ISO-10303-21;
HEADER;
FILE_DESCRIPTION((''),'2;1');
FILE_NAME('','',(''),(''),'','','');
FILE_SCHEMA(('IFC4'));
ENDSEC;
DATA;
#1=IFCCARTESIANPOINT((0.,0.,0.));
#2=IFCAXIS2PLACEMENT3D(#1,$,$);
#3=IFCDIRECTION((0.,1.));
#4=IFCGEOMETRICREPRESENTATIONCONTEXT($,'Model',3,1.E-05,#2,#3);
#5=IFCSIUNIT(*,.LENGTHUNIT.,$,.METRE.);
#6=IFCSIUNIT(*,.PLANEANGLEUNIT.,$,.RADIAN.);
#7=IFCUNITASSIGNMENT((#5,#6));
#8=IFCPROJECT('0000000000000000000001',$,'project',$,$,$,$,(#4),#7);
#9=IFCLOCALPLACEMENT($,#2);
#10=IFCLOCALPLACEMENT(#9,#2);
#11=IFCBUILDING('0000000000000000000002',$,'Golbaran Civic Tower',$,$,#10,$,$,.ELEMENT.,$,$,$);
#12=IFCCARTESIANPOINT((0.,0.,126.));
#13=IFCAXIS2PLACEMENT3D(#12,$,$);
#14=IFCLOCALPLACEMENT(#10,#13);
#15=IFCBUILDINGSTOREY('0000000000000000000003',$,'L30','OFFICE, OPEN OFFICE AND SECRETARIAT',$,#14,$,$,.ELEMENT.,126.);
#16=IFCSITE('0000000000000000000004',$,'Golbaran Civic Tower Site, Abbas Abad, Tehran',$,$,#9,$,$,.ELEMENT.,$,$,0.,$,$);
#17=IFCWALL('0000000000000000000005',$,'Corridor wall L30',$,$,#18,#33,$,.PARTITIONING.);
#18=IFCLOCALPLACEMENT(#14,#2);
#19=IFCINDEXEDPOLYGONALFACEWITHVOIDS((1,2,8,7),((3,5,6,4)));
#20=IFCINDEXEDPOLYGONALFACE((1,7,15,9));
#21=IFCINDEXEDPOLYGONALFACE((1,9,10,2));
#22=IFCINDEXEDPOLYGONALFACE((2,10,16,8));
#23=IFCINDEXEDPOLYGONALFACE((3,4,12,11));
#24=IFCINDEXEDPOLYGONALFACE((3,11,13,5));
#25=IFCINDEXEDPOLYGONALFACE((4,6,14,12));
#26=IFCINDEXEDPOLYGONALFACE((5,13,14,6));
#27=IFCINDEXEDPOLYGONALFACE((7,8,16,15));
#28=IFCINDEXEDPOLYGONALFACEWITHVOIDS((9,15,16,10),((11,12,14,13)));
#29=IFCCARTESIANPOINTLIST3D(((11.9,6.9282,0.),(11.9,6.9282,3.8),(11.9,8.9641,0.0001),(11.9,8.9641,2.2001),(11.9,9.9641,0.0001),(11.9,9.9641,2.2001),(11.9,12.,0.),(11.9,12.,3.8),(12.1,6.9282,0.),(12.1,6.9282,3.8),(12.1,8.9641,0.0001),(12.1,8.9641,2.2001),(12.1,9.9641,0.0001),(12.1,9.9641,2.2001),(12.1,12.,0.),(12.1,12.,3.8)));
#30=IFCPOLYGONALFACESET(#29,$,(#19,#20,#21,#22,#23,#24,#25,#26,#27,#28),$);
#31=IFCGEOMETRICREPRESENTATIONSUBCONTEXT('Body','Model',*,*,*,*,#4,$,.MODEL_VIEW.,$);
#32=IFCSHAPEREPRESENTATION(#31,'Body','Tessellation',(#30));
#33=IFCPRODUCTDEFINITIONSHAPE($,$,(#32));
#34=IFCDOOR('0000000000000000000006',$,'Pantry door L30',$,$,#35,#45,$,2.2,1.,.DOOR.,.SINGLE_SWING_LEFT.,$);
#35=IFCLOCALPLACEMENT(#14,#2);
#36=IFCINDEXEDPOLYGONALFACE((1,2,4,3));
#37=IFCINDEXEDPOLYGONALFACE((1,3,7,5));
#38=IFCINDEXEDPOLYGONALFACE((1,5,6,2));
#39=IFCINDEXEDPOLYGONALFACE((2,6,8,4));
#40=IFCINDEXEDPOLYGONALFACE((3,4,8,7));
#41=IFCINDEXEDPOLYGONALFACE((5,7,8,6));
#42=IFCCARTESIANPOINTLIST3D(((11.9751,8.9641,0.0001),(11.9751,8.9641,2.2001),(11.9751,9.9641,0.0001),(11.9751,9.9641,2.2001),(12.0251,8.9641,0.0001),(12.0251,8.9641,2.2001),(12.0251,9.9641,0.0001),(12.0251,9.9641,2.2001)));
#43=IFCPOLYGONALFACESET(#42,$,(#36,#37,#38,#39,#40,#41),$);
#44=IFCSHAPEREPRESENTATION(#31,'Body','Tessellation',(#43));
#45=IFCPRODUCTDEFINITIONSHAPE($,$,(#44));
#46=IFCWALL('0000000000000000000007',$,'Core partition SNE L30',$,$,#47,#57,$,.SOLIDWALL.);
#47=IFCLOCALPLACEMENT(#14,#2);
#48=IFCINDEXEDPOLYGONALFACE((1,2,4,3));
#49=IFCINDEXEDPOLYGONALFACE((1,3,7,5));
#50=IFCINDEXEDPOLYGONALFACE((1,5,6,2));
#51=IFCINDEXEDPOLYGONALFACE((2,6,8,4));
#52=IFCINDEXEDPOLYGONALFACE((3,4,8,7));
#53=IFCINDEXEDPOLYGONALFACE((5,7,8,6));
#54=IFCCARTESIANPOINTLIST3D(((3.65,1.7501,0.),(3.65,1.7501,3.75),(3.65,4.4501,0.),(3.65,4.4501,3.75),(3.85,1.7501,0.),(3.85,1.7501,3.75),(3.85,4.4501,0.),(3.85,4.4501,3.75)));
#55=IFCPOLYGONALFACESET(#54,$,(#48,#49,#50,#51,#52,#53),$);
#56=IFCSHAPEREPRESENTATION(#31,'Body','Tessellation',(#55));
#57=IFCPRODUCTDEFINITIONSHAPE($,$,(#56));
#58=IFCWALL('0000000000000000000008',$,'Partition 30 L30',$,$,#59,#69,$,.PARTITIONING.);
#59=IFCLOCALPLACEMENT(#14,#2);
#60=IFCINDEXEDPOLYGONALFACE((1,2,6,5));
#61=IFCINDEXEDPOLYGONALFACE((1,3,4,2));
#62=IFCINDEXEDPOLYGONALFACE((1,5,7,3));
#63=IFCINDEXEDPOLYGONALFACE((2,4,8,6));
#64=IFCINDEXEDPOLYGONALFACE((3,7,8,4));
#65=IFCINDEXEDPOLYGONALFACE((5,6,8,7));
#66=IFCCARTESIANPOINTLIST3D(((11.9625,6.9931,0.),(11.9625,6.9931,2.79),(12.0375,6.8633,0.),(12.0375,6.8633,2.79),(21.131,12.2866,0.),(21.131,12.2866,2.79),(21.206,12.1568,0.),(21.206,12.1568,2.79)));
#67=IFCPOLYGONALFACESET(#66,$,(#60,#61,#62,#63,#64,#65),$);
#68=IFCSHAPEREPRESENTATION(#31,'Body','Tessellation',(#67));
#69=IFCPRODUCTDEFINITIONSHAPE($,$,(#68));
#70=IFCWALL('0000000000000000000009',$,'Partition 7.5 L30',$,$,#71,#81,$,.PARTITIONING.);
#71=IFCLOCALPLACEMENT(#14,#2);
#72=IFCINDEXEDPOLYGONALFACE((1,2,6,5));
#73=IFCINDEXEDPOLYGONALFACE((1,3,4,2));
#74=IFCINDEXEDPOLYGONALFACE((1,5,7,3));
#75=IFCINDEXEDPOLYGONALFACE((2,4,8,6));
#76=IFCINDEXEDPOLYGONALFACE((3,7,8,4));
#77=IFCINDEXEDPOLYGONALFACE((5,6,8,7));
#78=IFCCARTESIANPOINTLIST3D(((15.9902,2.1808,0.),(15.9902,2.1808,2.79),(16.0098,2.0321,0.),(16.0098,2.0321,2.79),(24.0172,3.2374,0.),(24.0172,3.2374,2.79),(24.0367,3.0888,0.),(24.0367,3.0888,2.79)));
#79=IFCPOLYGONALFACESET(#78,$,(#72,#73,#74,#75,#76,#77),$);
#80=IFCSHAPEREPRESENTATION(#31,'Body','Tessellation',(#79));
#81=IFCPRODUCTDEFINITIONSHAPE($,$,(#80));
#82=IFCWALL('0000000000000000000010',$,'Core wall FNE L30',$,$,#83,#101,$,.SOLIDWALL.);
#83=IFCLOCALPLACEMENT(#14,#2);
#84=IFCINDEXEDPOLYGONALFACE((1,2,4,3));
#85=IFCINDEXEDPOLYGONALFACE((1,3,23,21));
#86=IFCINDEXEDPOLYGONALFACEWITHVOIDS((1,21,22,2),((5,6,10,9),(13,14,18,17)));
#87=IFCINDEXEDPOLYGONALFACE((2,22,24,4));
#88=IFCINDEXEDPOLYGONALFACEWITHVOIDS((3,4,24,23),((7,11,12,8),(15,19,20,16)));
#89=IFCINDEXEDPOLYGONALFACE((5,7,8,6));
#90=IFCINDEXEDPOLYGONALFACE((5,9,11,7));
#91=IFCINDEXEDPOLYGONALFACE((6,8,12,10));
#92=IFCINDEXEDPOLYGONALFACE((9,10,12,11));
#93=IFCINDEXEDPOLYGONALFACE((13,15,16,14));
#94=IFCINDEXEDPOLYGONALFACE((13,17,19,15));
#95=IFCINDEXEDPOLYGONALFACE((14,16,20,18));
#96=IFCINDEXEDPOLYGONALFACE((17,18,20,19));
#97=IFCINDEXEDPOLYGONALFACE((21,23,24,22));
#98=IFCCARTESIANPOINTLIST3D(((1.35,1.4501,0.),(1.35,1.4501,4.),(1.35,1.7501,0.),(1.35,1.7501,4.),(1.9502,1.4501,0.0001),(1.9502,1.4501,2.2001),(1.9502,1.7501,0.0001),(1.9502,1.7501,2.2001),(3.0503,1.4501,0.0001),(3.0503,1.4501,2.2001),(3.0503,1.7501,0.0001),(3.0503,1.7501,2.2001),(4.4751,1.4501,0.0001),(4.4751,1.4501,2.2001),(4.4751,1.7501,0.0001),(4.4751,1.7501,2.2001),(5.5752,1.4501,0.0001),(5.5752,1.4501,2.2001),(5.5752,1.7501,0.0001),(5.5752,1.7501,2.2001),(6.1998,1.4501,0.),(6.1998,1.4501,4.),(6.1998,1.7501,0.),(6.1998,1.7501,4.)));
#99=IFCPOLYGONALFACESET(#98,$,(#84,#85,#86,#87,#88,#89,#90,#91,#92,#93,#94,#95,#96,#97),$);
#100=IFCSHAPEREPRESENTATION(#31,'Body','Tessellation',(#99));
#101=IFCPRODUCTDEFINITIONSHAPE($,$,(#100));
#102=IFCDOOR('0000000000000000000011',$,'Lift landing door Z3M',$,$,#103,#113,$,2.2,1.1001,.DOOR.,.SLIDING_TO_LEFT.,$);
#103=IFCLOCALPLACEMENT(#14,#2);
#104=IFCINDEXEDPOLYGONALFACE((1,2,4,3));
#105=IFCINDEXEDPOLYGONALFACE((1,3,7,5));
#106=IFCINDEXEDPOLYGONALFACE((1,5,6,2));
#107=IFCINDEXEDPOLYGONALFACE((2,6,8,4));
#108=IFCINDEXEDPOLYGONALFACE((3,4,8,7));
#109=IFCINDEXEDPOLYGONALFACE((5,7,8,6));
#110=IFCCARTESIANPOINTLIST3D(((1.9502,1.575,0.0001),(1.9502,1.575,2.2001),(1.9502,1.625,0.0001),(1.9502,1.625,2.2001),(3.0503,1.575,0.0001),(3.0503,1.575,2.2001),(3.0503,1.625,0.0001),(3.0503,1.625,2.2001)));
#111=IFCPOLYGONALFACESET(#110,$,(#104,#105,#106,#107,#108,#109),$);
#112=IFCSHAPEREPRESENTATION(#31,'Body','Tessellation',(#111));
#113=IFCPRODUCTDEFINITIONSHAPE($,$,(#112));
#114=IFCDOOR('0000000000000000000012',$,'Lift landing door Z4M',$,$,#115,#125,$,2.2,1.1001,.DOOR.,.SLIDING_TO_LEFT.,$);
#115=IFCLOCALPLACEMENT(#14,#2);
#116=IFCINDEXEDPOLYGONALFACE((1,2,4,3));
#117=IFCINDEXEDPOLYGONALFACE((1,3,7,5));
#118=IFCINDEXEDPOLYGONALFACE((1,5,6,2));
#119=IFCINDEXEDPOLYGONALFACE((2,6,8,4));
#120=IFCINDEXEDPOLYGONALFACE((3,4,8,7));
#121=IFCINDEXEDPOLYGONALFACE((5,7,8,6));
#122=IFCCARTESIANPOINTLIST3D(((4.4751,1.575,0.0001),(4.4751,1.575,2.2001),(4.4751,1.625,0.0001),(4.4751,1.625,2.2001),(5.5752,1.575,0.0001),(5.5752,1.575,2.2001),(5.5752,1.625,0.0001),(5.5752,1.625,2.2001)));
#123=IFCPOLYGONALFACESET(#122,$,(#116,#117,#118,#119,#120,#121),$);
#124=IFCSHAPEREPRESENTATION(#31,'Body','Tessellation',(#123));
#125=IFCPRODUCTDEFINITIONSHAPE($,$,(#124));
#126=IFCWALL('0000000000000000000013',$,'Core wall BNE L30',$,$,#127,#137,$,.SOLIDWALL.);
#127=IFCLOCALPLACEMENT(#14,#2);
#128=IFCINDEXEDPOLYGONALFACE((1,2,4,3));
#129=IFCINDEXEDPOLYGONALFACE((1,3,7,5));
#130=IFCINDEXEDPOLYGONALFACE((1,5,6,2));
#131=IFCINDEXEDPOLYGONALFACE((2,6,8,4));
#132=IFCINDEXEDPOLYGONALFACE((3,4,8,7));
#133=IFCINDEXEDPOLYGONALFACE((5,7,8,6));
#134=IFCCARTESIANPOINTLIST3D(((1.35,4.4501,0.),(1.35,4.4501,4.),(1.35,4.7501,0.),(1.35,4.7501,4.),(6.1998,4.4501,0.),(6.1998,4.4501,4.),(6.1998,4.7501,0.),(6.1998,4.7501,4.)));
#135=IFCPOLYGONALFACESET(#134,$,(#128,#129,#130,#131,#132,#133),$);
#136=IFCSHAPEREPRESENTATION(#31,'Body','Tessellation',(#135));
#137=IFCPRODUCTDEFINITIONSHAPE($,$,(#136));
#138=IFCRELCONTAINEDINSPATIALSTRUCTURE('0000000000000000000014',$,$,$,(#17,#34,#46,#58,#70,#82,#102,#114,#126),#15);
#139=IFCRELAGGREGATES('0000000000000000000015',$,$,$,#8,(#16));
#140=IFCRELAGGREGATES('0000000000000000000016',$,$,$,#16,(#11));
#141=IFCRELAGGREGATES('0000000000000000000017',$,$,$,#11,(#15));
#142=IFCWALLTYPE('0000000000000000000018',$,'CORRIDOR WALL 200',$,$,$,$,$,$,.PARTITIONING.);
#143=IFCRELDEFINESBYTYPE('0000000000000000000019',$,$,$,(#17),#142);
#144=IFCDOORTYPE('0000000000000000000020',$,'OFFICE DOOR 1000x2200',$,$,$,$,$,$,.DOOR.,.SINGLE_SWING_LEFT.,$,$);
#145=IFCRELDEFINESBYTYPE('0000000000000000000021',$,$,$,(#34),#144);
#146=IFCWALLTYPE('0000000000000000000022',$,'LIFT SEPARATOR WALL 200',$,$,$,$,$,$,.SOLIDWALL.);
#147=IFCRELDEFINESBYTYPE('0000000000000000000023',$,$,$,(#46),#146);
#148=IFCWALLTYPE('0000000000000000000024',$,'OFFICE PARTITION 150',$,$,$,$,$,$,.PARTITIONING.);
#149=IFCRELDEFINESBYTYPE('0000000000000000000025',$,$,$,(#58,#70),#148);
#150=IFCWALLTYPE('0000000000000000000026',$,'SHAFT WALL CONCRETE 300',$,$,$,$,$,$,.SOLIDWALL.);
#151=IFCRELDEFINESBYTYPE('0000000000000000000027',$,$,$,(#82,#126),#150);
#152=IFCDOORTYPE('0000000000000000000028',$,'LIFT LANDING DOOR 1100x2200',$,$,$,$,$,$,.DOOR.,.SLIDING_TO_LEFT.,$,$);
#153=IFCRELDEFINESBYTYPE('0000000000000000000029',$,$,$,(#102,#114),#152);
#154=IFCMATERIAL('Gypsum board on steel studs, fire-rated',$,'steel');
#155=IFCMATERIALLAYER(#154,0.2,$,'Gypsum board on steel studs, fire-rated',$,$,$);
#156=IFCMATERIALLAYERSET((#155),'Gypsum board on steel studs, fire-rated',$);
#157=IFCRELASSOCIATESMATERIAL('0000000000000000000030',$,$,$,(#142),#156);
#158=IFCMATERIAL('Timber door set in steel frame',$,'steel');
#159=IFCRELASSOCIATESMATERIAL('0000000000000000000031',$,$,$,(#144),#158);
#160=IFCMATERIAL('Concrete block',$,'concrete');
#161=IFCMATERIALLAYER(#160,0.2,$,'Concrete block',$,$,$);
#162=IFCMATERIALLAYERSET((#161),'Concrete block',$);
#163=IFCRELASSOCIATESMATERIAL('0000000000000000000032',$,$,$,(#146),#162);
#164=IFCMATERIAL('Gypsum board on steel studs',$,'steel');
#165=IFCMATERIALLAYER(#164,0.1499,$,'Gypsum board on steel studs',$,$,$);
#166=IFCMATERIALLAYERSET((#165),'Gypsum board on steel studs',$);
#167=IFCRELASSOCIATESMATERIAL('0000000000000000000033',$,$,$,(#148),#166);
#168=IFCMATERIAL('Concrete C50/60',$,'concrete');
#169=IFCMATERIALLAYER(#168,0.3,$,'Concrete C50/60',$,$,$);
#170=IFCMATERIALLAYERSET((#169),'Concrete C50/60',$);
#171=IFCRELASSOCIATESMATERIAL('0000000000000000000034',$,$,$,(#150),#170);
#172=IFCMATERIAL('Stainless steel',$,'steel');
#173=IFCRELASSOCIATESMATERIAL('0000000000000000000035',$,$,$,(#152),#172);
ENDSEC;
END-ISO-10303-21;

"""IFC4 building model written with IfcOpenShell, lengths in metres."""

from ifc_helpers import new_model, si_unit, direction, frame, frame_2d, origin, place, context, subcontext, project, spatial, rectangle, extrude, material, layer, layer_set, type_object, element, fill, save


model = new_model("IFC4")

# Units and contexts
model_context = context("Model", 3, precision=1e-05, world=origin(), true_north=direction((0.0, 1.0)))
body_context = subcontext(model_context, "Body", "Model", "MODEL_VIEW")
ifc_project = project(units=[si_unit("LENGTHUNIT", "METRE"), si_unit("PLANEANGLEUNIT", "RADIAN")], contexts=[model_context])

# Site, building, storey
site_placement = place(None, origin())
site = spatial("IfcSite", under=ifc_project, at=site_placement, Name="Golbaran Civic Tower Site, Abbas Abad, Tehran", CompositionType="ELEMENT", RefElevation=0.0)
building_placement = place(site_placement, origin())
building = spatial("IfcBuilding", under=site, at=building_placement, Name="Golbaran Civic Tower", CompositionType="ELEMENT")
storey_placement = place(building_placement, frame((0.0, 0.0, 126.0)))
storey = spatial("IfcBuildingStorey", under=building, at=storey_placement, Name="L30", Description="OFFICE, OPEN OFFICE AND SECRETARIAT", CompositionType="ELEMENT", Elevation=126.0)

# Shared definitions
ifc_material_1 = material(Name="Concrete block", Category="concrete")
ifc_material_2 = material(Name="Timber door set in steel frame", Category="steel")

# Wall, opening, door
ifc_material_3 = material(Name="Gypsum board on steel studs, fire-rated", Category="steel")
ifc_layer_1 = layer(ifc_material_3, 0.2, Name="Gypsum board on steel studs, fire-rated")
ifc_layer_set_1 = layer_set([ifc_layer_1], Name="Gypsum board on steel studs, fire-rated")
wall_type_1 = type_object("IfcWallType", Name="CORRIDOR WALL 200", PredefinedType="PARTITIONING", material=ifc_layer_set_1)
wall_1_placement = place(storey_placement, frame((12.0, 6.9282, 0.0), z_axis=(0.0, 0.0, 1.0), x_axis=(0.0, 1.0, 0.0)))
wall_1 = element("IfcWall", 1, at=wall_1_placement, inside=storey, type_object=wall_type_1, Name="Corridor wall L30", PredefinedType="PARTITIONING", context=body_context, shape_type="SweptSolid", body=[
    extrude(rectangle(XDim=5.0718, YDim=0.2, at=frame_2d((2.5359, 0.0))), origin(), (0.0, 0.0, 1.0), 3.8),
])
opening_1_placement = place(wall_1_placement, frame((2.0359, 0.0, 0.0)))
opening_1 = element("IfcOpeningElement", 2, at=opening_1_placement, cuts=wall_1, PredefinedType="OPENING", context=body_context, shape_type="SweptSolid", body=[
    extrude(rectangle(XDim=1.0, YDim=2.2, at=frame_2d((0.5, 1.1001))), frame((0.0, 0.1099, 0.0), z_axis=(0.0, -1.0, 0.0), x_axis=(1.0, 0.0, 0.0)), (0.0, 0.0, 1.0), 0.22),
])
door_type_1 = type_object("IfcDoorType", Name="OFFICE DOOR 1000x2200", OperationType="SINGLE_SWING_LEFT", PredefinedType="DOOR", material=ifc_material_2)
door_1_placement = place(opening_1_placement, origin())
door_1 = element("IfcDoor", 3, at=door_1_placement, inside=storey, type_object=door_type_1, Name="Pantry door L30", OperationType="SINGLE_SWING_LEFT", OverallHeight=2.2, OverallWidth=1.0, PredefinedType="DOOR", context=body_context, shape_type="SweptSolid", body=[
    extrude(rectangle(XDim=1.0, YDim=2.2, at=frame_2d((0.5, 1.1001))), frame((0.0, 0.0249, 0.0), z_axis=(0.0, -1.0, 0.0), x_axis=(1.0, 0.0, 0.0)), (0.0, 0.0, 1.0), 0.05),
])
fill(opening_1, door_1)

# Walls
ifc_layer_2 = layer(ifc_material_1, 0.2, Name="Concrete block")
ifc_layer_set_2 = layer_set([ifc_layer_2], Name="Concrete block")
wall_type_2 = type_object("IfcWallType", Name="LIFT SEPARATOR WALL 200", PredefinedType="SOLIDWALL", material=ifc_layer_set_2)
wall_2_placement = place(storey_placement, frame((3.75, 1.75, 0.0), z_axis=(0.0, 0.0, 1.0), x_axis=(0.0, 1.0, 0.0)))
element("IfcWall", 4, at=wall_2_placement, inside=storey, type_object=wall_type_2, Name="Core partition SNE L30", PredefinedType="SOLIDWALL", context=body_context, shape_type="SweptSolid", body=[
    extrude(rectangle(XDim=2.7, YDim=0.2, at=frame_2d((1.3501, 0.0))), origin(), (0.0, 0.0, 1.0), 3.75),
])
ifc_material_4 = material(Name="Gypsum board on steel studs", Category="steel")
ifc_layer_3 = layer(ifc_material_4, 0.1499, Name="Gypsum board on steel studs")
ifc_layer_set_3 = layer_set([ifc_layer_3], Name="Gypsum board on steel studs")
wall_type_3 = type_object("IfcWallType", Name="OFFICE PARTITION 150", PredefinedType="PARTITIONING", material=ifc_layer_set_3)
wall_3_placement = place(storey_placement, frame((12.0, 6.9282, 0.0), z_axis=(0.0, 0.0, 1.0), x_axis=(0.866024, 0.500003, 0.0)))
element("IfcWall", 5, at=wall_3_placement, inside=storey, type_object=wall_type_3, Name="Partition 30 L30", PredefinedType="PARTITIONING", context=body_context, shape_type="SweptSolid", body=[
    extrude(rectangle(XDim=10.5869, YDim=0.1499, at=frame_2d((5.2935, 0.0))), origin(), (0.0, 0.0, 1.0), 2.79),
])
wall_4_placement = place(storey_placement, frame((16.0, 2.1064, 0.0), z_axis=(0.0, 0.0, 1.0), x_axis=(0.991447, 0.130512, 0.0)))
element("IfcWall", 6, at=wall_4_placement, inside=storey, type_object=wall_type_3, Name="Partition 7.5 L30", PredefinedType="PARTITIONING", context=body_context, shape_type="SweptSolid", body=[
    extrude(rectangle(XDim=8.0962, YDim=0.1499, at=frame_2d((4.0481, 0.0))), origin(), (0.0, 0.0, 1.0), 2.79),
])

# Wall, openings, doors
ifc_material_5 = material(Name="Concrete C50/60", Category="concrete")
ifc_layer_4 = layer(ifc_material_5, 0.3, Name="Concrete C50/60")
ifc_layer_set_4 = layer_set([ifc_layer_4], Name="Concrete C50/60")
wall_type_4 = type_object("IfcWallType", Name="SHAFT WALL CONCRETE 300", PredefinedType="SOLIDWALL", material=ifc_layer_set_4)
wall_5_placement = place(storey_placement, frame((1.3501, 1.6001, 0.0), z_axis=(0.0, 0.0, 1.0), x_axis=(1.0, 0.0, 0.0)))
wall_5 = element("IfcWall", 7, at=wall_5_placement, inside=storey, type_object=wall_type_4, Name="Core wall FNE L30", PredefinedType="SOLIDWALL", context=body_context, shape_type="SweptSolid", body=[
    extrude(rectangle(XDim=4.8499, YDim=0.3, at=frame_2d((2.4248, 0.0))), origin(), (0.0, 0.0, 1.0), 4.0),
])
opening_2_placement = place(wall_5_placement, frame((0.6001, 0.0, 0.0)))
opening_2 = element("IfcOpeningElement", 8, at=opening_2_placement, cuts=wall_5, PredefinedType="OPENING", context=body_context, shape_type="SweptSolid", body=[
    extrude(rectangle(XDim=1.1001, YDim=2.2, at=frame_2d((0.55, 1.1001))), frame((0.0, 0.1599, 0.0), z_axis=(0.0, -1.0, 0.0), x_axis=(1.0, 0.0, 0.0)), (0.0, 0.0, 1.0), 0.3201),
])
opening_3_placement = place(wall_5_placement, frame((3.125, 0.0, 0.0)))
opening_3 = element("IfcOpeningElement", 9, at=opening_3_placement, cuts=wall_5, PredefinedType="OPENING", context=body_context, shape_type="SweptSolid", body=[
    extrude(rectangle(XDim=1.1001, YDim=2.2, at=frame_2d((0.55, 1.1001))), frame((0.0, 0.1599, 0.0), z_axis=(0.0, -1.0, 0.0), x_axis=(1.0, 0.0, 0.0)), (0.0, 0.0, 1.0), 0.3201),
])
ifc_material_6 = material(Name="Stainless steel", Category="steel")
door_type_2 = type_object("IfcDoorType", Name="LIFT LANDING DOOR 1100x2200", OperationType="SLIDING_TO_LEFT", PredefinedType="DOOR", material=ifc_material_6)
door_2_placement = place(opening_2_placement, origin())
door_2 = element("IfcDoor", 10, at=door_2_placement, inside=storey, type_object=door_type_2, Name="Lift landing door Z3M", OperationType="SLIDING_TO_LEFT", OverallHeight=2.2, OverallWidth=1.1001, PredefinedType="DOOR", context=body_context, shape_type="SweptSolid", body=[
    extrude(rectangle(XDim=1.1001, YDim=2.2, at=frame_2d((0.55, 1.1001))), frame((0.0, 0.0249, 0.0), z_axis=(0.0, -1.0, 0.0), x_axis=(1.0, 0.0, 0.0)), (0.0, 0.0, 1.0), 0.05),
])
fill(opening_2, door_2)
door_3_placement = place(opening_3_placement, origin())
door_3 = element("IfcDoor", 11, at=door_3_placement, inside=storey, type_object=door_type_2, Name="Lift landing door Z4M", OperationType="SLIDING_TO_LEFT", OverallHeight=2.2, OverallWidth=1.1001, PredefinedType="DOOR", context=body_context, shape_type="SweptSolid", body=[
    extrude(rectangle(XDim=1.1001, YDim=2.2, at=frame_2d((0.55, 1.1001))), frame((0.0, 0.0249, 0.0), z_axis=(0.0, -1.0, 0.0), x_axis=(1.0, 0.0, 0.0)), (0.0, 0.0, 1.0), 0.05),
])
fill(opening_3, door_3)

# Wall
wall_6_placement = place(storey_placement, frame((1.3501, 4.6001, 0.0), z_axis=(0.0, 0.0, 1.0), x_axis=(1.0, 0.0, 0.0)))
element("IfcWall", 12, at=wall_6_placement, inside=storey, type_object=wall_type_4, Name="Core wall BNE L30", PredefinedType="SOLIDWALL", context=body_context, shape_type="SweptSolid", body=[
    extrude(rectangle(XDim=4.8499, YDim=0.3, at=frame_2d((2.4248, 0.0))), origin(), (0.0, 0.0, 1.0), 4.0),
])

save(model, "model.ifc")
